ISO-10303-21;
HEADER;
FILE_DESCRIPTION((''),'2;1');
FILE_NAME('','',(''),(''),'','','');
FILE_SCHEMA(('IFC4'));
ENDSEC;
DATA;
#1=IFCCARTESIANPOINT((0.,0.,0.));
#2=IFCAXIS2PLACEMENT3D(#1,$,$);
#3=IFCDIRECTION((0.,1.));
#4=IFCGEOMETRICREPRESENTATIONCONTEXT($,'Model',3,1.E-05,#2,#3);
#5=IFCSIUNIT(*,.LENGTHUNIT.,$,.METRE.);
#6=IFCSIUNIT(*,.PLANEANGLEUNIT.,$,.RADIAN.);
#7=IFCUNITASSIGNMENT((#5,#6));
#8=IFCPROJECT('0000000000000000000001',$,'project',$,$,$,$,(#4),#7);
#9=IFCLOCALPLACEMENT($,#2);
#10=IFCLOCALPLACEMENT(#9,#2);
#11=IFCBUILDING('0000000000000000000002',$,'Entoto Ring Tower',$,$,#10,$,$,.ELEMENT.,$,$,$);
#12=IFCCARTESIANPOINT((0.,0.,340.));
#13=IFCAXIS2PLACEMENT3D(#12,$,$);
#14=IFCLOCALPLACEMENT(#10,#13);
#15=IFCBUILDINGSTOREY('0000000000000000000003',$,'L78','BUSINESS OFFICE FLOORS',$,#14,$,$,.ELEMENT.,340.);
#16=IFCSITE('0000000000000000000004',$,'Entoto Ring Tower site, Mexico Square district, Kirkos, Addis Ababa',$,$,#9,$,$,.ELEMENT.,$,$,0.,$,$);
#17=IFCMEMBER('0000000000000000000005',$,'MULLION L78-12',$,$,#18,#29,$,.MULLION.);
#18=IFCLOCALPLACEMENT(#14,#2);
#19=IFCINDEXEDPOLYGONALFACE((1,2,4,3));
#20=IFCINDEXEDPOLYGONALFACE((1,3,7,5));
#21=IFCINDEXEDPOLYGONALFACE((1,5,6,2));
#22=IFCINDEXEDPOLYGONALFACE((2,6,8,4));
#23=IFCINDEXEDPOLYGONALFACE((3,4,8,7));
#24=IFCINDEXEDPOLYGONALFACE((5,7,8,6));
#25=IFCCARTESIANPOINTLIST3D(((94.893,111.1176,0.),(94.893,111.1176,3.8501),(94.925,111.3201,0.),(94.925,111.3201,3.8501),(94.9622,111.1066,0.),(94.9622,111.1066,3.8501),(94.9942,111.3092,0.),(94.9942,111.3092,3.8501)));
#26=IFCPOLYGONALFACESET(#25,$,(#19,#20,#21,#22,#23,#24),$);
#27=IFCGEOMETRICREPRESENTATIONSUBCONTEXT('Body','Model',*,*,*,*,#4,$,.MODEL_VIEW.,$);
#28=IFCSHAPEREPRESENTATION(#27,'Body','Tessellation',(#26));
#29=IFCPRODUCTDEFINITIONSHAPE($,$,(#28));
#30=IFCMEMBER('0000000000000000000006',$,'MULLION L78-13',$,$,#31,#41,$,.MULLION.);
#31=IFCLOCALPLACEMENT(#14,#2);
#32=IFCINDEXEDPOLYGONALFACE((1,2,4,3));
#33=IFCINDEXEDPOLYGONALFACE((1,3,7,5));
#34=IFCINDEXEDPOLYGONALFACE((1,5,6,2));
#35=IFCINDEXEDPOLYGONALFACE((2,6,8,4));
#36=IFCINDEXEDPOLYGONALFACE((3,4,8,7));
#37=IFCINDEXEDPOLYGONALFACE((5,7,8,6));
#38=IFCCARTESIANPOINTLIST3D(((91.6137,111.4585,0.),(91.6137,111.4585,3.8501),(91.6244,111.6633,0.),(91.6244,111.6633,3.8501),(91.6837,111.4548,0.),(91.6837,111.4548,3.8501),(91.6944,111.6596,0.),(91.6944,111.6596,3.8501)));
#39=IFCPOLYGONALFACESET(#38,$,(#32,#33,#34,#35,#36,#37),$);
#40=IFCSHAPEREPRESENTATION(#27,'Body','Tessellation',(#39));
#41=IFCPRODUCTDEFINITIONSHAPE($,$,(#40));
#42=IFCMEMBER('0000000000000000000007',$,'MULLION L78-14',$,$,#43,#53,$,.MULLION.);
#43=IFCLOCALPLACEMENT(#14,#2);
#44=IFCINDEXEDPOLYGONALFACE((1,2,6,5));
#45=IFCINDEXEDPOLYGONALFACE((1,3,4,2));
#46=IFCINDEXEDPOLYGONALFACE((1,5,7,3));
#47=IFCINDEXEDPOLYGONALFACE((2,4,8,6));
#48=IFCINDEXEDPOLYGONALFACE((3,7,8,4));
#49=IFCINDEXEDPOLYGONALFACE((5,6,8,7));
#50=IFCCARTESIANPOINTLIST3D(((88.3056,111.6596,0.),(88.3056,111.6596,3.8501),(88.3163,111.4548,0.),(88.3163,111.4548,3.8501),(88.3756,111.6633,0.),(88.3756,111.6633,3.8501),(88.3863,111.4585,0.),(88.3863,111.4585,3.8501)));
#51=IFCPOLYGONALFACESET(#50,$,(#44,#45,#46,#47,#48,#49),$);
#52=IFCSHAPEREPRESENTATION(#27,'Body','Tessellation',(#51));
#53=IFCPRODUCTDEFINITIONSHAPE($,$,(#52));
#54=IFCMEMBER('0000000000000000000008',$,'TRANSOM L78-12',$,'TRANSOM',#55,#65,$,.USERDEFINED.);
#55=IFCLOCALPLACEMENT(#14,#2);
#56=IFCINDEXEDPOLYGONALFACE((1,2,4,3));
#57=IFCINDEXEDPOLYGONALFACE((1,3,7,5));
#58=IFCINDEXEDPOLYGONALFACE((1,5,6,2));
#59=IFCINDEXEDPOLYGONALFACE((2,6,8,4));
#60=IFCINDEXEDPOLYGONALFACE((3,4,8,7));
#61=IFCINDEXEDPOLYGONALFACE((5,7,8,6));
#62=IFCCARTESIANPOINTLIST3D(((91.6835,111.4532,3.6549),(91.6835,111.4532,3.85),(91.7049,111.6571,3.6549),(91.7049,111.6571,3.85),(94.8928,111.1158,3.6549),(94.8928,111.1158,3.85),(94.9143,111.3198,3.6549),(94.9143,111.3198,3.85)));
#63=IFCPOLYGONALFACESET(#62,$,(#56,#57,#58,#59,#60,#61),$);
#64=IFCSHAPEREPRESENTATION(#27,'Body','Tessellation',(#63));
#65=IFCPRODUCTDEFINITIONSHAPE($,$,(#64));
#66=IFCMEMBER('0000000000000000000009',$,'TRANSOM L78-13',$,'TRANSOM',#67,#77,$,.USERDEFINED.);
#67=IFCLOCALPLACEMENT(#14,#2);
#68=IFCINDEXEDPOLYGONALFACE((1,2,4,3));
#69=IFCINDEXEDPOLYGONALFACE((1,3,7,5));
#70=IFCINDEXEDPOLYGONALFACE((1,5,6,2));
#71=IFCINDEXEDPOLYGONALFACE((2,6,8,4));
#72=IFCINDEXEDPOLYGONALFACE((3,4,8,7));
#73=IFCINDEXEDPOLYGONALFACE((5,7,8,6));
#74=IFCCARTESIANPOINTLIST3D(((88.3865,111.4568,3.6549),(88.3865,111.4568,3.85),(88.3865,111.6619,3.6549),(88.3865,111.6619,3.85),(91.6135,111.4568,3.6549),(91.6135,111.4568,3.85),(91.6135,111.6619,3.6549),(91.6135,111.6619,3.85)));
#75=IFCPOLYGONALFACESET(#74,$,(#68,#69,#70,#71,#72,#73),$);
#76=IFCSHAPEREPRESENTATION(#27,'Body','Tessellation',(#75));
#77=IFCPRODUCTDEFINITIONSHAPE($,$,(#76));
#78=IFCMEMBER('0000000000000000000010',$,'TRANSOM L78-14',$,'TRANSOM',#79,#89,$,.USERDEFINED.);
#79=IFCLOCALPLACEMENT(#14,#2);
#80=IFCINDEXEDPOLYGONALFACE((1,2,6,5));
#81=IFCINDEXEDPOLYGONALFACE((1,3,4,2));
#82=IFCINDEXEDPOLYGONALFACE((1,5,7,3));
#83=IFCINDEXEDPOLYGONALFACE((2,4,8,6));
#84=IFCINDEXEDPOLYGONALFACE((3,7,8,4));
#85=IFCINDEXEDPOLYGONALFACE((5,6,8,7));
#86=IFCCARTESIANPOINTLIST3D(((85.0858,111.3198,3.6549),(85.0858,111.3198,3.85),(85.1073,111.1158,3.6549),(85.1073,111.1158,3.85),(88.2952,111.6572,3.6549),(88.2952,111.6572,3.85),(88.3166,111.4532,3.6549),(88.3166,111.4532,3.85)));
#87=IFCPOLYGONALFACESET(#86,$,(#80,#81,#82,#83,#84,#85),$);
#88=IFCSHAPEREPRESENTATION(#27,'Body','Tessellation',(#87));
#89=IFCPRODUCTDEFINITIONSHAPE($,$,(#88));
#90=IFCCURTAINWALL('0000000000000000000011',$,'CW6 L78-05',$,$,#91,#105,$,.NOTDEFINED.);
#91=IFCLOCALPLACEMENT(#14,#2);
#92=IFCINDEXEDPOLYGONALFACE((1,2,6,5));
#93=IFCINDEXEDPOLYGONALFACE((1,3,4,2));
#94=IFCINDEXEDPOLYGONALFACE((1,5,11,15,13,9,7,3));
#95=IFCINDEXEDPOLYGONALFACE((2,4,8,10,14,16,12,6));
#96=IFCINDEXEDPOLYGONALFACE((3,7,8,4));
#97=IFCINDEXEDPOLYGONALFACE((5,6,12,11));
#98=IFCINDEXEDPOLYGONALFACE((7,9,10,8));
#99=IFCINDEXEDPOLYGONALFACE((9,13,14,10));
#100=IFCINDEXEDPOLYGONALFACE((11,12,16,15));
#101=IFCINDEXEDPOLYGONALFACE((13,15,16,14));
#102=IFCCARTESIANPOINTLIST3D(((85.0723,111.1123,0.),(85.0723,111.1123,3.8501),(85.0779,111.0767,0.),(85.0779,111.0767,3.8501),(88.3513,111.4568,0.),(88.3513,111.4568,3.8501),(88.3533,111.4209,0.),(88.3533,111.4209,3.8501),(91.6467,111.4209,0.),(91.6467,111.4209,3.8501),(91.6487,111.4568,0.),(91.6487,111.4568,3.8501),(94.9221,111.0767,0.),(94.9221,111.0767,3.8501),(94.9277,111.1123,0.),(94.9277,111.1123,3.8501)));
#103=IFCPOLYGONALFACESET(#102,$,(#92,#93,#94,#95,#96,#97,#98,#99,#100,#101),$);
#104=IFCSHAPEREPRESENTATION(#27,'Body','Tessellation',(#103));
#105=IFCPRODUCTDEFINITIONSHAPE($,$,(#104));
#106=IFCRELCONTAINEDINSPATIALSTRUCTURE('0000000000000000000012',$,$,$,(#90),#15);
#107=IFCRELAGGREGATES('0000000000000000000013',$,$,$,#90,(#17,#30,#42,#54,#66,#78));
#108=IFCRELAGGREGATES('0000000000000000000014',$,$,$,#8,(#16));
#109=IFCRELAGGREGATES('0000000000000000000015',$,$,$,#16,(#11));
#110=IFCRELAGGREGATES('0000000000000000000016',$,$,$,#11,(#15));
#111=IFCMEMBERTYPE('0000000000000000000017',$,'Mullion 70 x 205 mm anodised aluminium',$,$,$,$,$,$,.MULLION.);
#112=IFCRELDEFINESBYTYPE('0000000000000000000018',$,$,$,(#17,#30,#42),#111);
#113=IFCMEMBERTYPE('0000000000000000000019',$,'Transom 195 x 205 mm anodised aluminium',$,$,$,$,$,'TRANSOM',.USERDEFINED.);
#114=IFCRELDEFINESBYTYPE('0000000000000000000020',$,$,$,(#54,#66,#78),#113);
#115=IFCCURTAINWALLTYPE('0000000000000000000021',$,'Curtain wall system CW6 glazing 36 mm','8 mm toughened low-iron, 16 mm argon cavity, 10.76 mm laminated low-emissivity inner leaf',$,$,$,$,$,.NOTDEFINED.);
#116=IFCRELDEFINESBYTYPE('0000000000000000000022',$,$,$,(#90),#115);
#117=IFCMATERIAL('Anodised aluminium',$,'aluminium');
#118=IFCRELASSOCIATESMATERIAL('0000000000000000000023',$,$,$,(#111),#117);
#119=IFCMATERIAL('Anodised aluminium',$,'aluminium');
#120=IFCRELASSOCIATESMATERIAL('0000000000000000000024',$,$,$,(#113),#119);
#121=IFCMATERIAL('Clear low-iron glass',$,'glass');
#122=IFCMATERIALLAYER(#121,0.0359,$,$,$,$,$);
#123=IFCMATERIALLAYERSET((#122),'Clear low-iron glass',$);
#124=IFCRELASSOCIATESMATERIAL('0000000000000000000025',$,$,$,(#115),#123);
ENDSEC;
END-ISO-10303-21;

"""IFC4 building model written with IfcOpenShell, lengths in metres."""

from ifc_helpers import new_model, si_unit, direction, frame, origin, origin_2d, place, context, subcontext, project, spatial, polyline, rectangle, outline, extrude, material, layer, layer_set, material_profile, profile_set, type_object, element, aggregate, save


model = new_model("IFC4")

# Units and contexts
model_context = context("Model", 3, precision=1e-05, world=origin(), true_north=direction((0.0, 1.0)))
body_context = subcontext(model_context, "Body", "Model", "MODEL_VIEW")
ifc_project = project(units=[si_unit("LENGTHUNIT", "METRE"), si_unit("PLANEANGLEUNIT", "RADIAN")], contexts=[model_context])

# Members
ifc_material_1 = material(Name="Anodised aluminium", Category="aluminium")
ifc_material_profile_1 = material_profile(ifc_material_1, rectangle(XDim=0.0701, YDim=0.2051, at=origin_2d()), Name="Mullion 70 x 205 mm anodised aluminium")
ifc_profile_set_1 = profile_set([ifc_material_profile_1], Name="Anodised aluminium")
member_type_1 = type_object("IfcMemberType", Name="Mullion 70 x 205 mm anodised aluminium", PredefinedType="MULLION", material=ifc_profile_set_1)
site_placement = place(None, origin())
building_placement = place(site_placement, origin())
storey_placement = place(building_placement, frame((0.0, 0.0, 340.0)))
member_1_placement = place(storey_placement, frame((94.9436, 111.2134, 0.0), z_axis=(0.0, 0.0, 1.0), x_axis=(-0.987688, 0.156434, 0.0)))
member_1 = element("IfcMember", 1, at=member_1_placement, type_object=member_type_1, Name="MULLION L78-12", PredefinedType="MULLION", context=body_context, shape_type="SweptSolid", body=[
    extrude(rectangle(XDim=0.0701, YDim=0.2051, at=origin_2d()), origin(), (0.0, 0.0, 1.0), 3.8501),
])
member_2_placement = place(storey_placement, frame((91.6541, 111.5591, 0.0), z_axis=(0.0, 0.0, 1.0), x_axis=(-0.99863, 0.052336, 0.0)))
member_2 = element("IfcMember", 2, at=member_2_placement, type_object=member_type_1, Name="MULLION L78-13", PredefinedType="MULLION", context=body_context, shape_type="SweptSolid", body=[
    extrude(rectangle(XDim=0.0701, YDim=0.2051, at=origin_2d()), origin(), (0.0, 0.0, 1.0), 3.8501),
])
member_3_placement = place(storey_placement, frame((88.3459, 111.5591, 0.0), z_axis=(0.0, 0.0, 1.0), x_axis=(-0.99863, -0.052336, 0.0)))
member_3 = element("IfcMember", 3, at=member_3_placement, type_object=member_type_1, Name="MULLION L78-14", PredefinedType="MULLION", context=body_context, shape_type="SweptSolid", body=[
    extrude(rectangle(XDim=0.0701, YDim=0.2051, at=origin_2d()), origin(), (0.0, 0.0, 1.0), 3.8501),
])
ifc_material_2 = material(Name="Anodised aluminium", Category="aluminium")
ifc_material_profile_2 = material_profile(ifc_material_2, rectangle(XDim=0.2051, YDim=0.1951, at=origin_2d()), Name="Transom 195 x 205 mm anodised aluminium")
ifc_profile_set_2 = profile_set([ifc_material_profile_2], Name="Anodised aluminium")
member_type_2 = type_object("IfcMemberType", Name="Transom 195 x 205 mm anodised aluminium", ElementType="TRANSOM", PredefinedType="USERDEFINED", material=ifc_profile_set_2)
member_4_placement = place(storey_placement, frame((94.9036, 111.2178, 3.7524), z_axis=(-0.99452, 0.104551, 0.0), x_axis=(-0.104551, -0.99452, 0.0)))
member_4 = element("IfcMember", 4, at=member_4_placement, type_object=member_type_2, Name="TRANSOM L78-12", ObjectType="TRANSOM", PredefinedType="USERDEFINED", context=body_context, shape_type="SweptSolid", body=[
    extrude(rectangle(XDim=0.2051, YDim=0.1951, at=origin_2d()), origin(), (0.0, 0.0, 1.0), 3.2271),
])
member_5_placement = place(storey_placement, frame((91.6135, 111.5593, 3.7524), z_axis=(-1.0, 0.0, 0.0), x_axis=(0.0, -1.0, 0.0)))
member_5 = element("IfcMember", 5, at=member_5_placement, type_object=member_type_2, Name="TRANSOM L78-13", ObjectType="TRANSOM", PredefinedType="USERDEFINED", context=body_context, shape_type="SweptSolid", body=[
    extrude(rectangle(XDim=0.2051, YDim=0.1951, at=origin_2d()), origin(), (0.0, 0.0, 1.0), 3.2271),
])
member_6_placement = place(storey_placement, frame((88.3059, 111.5552, 3.7524), z_axis=(-0.99452, -0.104551, 0.0), x_axis=(0.104551, -0.99452, 0.0)))
member_6 = element("IfcMember", 6, at=member_6_placement, type_object=member_type_2, Name="TRANSOM L78-14", ObjectType="TRANSOM", PredefinedType="USERDEFINED", context=body_context, shape_type="SweptSolid", body=[
    extrude(rectangle(XDim=0.2051, YDim=0.1951, at=origin_2d()), origin(), (0.0, 0.0, 1.0), 3.2271),
])

# Site, building, storey
site = spatial("IfcSite", under=ifc_project, at=site_placement, Name="Entoto Ring Tower site, Mexico Square district, Kirkos, Addis Ababa", CompositionType="ELEMENT", RefElevation=0.0)
building = spatial("IfcBuilding", under=site, at=building_placement, Name="Entoto Ring Tower", CompositionType="ELEMENT")
storey = spatial("IfcBuildingStorey", under=building, at=storey_placement, Name="L78", Description="BUSINESS OFFICE FLOORS", CompositionType="ELEMENT", Elevation=340.0)

# Curtain wall
ifc_material_3 = material(Name="Clear low-iron glass", Category="glass")
ifc_layer = layer(ifc_material_3, 0.0359)
ifc_layer_set = layer_set([ifc_layer], Name="Clear low-iron glass")
curtain_wall_type = type_object("IfcCurtainWallType", Name="Curtain wall system CW6 glazing 36 mm", Description="8 mm toughened low-iron, 16 mm argon cavity, 10.76 mm laminated low-emissivity inner leaf", PredefinedType="NOTDEFINED", material=ifc_layer_set)
curtain_wall_1_placement = place(storey_placement, origin())
curtain_wall_1 = element("IfcCurtainWall", 7, at=curtain_wall_1_placement, inside=storey, type_object=curtain_wall_type, Name="CW6 L78-05", PredefinedType="NOTDEFINED", context=body_context, shape_type="SweptSolid", body=[
    extrude(outline(polyline([(94.9277, 111.1123), (91.6487, 111.4568), (88.3513, 111.4568), (85.0723, 111.1123), (85.0779, 111.0767), (88.3533, 111.4209), (91.6467, 111.4209), (94.9221, 111.0767), (94.9277, 111.1123)])), origin(), (0.0, 0.0, 1.0), 3.8501),
])
aggregate(curtain_wall_1, [member_1, member_2, member_3, member_4, member_5, member_6])

save(model, "model.ifc")
